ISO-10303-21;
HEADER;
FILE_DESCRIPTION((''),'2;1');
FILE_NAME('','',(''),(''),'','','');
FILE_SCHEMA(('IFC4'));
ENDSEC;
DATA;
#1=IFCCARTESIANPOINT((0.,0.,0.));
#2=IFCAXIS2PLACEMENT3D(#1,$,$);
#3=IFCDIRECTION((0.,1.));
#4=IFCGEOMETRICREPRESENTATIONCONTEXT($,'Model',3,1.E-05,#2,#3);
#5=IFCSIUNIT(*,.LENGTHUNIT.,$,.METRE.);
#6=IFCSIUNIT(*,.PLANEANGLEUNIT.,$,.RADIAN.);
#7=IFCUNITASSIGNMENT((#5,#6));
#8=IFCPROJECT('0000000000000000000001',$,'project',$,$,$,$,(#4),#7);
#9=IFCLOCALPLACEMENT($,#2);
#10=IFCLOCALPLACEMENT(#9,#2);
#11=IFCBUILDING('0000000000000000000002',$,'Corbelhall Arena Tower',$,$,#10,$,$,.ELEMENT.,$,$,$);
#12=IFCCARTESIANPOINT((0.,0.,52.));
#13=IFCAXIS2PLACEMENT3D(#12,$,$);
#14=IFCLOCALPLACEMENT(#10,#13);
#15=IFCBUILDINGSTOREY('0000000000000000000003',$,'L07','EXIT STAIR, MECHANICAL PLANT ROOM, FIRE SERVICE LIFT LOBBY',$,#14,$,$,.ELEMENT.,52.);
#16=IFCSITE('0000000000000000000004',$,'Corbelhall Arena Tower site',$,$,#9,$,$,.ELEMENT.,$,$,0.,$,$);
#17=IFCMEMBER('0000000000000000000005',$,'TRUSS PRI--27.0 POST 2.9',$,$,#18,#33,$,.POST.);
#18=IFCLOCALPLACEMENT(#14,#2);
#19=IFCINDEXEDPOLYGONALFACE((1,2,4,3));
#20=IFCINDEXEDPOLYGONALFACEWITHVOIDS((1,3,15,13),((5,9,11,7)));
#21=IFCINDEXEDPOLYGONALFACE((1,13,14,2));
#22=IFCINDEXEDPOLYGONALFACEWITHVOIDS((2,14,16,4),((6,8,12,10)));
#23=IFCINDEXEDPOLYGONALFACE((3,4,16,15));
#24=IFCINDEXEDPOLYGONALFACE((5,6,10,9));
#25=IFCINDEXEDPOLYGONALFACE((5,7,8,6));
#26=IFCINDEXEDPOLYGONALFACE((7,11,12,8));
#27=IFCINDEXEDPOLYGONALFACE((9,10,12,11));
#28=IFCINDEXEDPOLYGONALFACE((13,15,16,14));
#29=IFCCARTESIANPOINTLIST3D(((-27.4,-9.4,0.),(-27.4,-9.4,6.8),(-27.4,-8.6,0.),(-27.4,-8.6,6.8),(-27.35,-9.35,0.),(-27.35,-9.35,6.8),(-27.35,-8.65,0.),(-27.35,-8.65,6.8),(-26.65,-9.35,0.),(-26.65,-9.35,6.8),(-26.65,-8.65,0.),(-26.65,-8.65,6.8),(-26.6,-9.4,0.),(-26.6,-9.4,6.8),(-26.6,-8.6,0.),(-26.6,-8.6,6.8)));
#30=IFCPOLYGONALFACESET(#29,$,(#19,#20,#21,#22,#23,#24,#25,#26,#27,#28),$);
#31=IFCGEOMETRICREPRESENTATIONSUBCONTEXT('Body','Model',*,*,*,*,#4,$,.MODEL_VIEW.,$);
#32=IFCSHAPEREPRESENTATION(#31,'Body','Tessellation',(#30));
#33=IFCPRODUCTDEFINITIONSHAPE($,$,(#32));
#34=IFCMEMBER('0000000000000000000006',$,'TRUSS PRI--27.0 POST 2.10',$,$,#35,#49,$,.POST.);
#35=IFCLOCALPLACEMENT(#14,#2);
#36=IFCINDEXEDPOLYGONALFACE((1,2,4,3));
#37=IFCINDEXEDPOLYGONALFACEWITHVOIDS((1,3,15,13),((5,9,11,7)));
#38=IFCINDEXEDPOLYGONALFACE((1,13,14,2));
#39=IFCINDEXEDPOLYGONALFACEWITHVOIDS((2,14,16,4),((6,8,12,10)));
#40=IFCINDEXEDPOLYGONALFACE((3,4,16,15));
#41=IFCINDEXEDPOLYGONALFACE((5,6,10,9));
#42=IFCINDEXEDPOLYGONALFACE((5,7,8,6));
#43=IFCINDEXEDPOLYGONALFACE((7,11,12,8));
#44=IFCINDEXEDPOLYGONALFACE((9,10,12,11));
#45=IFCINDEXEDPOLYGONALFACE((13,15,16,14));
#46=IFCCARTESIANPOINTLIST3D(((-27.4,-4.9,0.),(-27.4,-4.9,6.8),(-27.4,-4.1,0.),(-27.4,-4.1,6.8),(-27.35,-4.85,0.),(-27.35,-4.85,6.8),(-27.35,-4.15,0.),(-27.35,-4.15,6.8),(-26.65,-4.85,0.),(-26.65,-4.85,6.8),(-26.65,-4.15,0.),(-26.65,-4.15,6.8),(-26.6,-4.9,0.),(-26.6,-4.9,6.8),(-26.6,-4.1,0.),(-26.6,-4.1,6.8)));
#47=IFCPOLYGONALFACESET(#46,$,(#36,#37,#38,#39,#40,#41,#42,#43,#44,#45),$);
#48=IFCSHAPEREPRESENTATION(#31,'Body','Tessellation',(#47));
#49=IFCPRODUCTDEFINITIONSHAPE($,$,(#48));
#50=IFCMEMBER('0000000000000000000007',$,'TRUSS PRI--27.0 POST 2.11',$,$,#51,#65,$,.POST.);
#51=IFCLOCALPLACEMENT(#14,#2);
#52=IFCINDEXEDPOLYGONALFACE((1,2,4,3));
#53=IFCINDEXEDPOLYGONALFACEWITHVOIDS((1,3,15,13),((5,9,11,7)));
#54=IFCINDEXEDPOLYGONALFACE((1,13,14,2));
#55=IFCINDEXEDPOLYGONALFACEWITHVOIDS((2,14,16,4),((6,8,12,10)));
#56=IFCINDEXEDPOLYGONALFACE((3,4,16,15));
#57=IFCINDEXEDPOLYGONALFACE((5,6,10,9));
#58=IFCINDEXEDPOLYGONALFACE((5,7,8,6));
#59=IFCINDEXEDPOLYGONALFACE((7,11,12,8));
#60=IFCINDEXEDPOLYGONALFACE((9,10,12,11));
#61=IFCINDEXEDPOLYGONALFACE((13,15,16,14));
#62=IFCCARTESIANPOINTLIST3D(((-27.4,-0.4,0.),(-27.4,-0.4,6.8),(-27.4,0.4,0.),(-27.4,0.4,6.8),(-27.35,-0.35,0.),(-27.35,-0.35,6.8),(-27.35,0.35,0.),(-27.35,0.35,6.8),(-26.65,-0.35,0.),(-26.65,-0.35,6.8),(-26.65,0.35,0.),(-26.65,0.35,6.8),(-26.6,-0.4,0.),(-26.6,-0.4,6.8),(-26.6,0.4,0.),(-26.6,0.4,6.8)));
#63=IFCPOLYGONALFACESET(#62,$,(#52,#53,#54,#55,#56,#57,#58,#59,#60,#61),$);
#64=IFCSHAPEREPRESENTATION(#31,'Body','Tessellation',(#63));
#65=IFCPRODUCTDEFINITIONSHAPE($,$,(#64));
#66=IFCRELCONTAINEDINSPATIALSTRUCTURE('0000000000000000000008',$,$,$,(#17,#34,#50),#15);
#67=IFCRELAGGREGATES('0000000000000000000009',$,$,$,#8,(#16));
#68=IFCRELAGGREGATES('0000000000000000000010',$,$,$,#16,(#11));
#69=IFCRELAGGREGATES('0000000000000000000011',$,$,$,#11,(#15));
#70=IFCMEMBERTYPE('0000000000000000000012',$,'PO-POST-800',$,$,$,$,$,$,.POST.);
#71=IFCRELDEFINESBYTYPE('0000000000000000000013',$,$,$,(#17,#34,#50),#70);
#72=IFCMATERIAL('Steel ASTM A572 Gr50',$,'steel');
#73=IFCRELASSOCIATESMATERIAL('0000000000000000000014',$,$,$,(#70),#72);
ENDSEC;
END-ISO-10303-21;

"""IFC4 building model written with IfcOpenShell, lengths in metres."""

from ifc_helpers import new_model, si_unit, direction, frame, origin, origin_2d, place, context, subcontext, project, spatial, hollow_rectangle, extrude, material, material_profile, profile_set, type_object, element, save


model = new_model("IFC4")

# Units and contexts
model_context = context("Model", 3, precision=1e-05, world=origin(), true_north=direction((0.0, 1.0)))
body_context = subcontext(model_context, "Body", "Model", "MODEL_VIEW")
ifc_project = project(units=[si_unit("LENGTHUNIT", "METRE"), si_unit("PLANEANGLEUNIT", "RADIAN")], contexts=[model_context])

# Site, building, storey
site_placement = place(None, origin())
site = spatial("IfcSite", under=ifc_project, at=site_placement, Name="Corbelhall Arena Tower site", CompositionType="ELEMENT", RefElevation=0.0)
building_placement = place(site_placement, origin())
building = spatial("IfcBuilding", under=site, at=building_placement, Name="Corbelhall Arena Tower", CompositionType="ELEMENT")
storey_placement = place(building_placement, frame((0.0, 0.0, 52.0)))
storey = spatial("IfcBuildingStorey", under=building, at=storey_placement, Name="L07", Description="EXIT STAIR, MECHANICAL PLANT ROOM, FIRE SERVICE LIFT LOBBY", CompositionType="ELEMENT", Elevation=52.0)

# Members
ifc_material = material(Name="Steel ASTM A572 Gr50", Category="steel")
ifc_material_profile_1 = material_profile(ifc_material, hollow_rectangle(XDim=0.8, YDim=0.8, WallThickness=0.05, at=origin_2d()))
ifc_profile_set_1 = profile_set([ifc_material_profile_1], Name="Steel ASTM A572 Gr50")
member_type_1 = type_object("IfcMemberType", Name="PO-POST-800", PredefinedType="POST", material=ifc_profile_set_1)
for number, where, z_axis, x_axis, name in (
    (1, (-27.0, -9.0, 0.0), (0.0, 0.0, 1.0), (1.0, 0.0, 0.0), "TRUSS PRI--27.0 POST 2.9"),
    (2, (-27.0, -4.5, 0.0), (0.0, 0.0, 1.0), (1.0, 0.0, 0.0), "TRUSS PRI--27.0 POST 2.10"),
    (3, (-27.0, 0.0, 0.0), (0.0, 0.0, 1.0), (1.0, 0.0, 0.0), "TRUSS PRI--27.0 POST 2.11"),
):
    element("IfcMember", number, at=place(storey_placement, frame(where, z_axis=z_axis, x_axis=x_axis)), inside=storey, type_object=member_type_1, Name=name, PredefinedType="POST", context=body_context, shape_type="SweptSolid", body=[
        extrude(hollow_rectangle(XDim=0.8, YDim=0.8, WallThickness=0.05, at=origin_2d()), origin(), (0.0, 0.0, 1.0), 6.8),
    ])

save(model, "model.ifc")
